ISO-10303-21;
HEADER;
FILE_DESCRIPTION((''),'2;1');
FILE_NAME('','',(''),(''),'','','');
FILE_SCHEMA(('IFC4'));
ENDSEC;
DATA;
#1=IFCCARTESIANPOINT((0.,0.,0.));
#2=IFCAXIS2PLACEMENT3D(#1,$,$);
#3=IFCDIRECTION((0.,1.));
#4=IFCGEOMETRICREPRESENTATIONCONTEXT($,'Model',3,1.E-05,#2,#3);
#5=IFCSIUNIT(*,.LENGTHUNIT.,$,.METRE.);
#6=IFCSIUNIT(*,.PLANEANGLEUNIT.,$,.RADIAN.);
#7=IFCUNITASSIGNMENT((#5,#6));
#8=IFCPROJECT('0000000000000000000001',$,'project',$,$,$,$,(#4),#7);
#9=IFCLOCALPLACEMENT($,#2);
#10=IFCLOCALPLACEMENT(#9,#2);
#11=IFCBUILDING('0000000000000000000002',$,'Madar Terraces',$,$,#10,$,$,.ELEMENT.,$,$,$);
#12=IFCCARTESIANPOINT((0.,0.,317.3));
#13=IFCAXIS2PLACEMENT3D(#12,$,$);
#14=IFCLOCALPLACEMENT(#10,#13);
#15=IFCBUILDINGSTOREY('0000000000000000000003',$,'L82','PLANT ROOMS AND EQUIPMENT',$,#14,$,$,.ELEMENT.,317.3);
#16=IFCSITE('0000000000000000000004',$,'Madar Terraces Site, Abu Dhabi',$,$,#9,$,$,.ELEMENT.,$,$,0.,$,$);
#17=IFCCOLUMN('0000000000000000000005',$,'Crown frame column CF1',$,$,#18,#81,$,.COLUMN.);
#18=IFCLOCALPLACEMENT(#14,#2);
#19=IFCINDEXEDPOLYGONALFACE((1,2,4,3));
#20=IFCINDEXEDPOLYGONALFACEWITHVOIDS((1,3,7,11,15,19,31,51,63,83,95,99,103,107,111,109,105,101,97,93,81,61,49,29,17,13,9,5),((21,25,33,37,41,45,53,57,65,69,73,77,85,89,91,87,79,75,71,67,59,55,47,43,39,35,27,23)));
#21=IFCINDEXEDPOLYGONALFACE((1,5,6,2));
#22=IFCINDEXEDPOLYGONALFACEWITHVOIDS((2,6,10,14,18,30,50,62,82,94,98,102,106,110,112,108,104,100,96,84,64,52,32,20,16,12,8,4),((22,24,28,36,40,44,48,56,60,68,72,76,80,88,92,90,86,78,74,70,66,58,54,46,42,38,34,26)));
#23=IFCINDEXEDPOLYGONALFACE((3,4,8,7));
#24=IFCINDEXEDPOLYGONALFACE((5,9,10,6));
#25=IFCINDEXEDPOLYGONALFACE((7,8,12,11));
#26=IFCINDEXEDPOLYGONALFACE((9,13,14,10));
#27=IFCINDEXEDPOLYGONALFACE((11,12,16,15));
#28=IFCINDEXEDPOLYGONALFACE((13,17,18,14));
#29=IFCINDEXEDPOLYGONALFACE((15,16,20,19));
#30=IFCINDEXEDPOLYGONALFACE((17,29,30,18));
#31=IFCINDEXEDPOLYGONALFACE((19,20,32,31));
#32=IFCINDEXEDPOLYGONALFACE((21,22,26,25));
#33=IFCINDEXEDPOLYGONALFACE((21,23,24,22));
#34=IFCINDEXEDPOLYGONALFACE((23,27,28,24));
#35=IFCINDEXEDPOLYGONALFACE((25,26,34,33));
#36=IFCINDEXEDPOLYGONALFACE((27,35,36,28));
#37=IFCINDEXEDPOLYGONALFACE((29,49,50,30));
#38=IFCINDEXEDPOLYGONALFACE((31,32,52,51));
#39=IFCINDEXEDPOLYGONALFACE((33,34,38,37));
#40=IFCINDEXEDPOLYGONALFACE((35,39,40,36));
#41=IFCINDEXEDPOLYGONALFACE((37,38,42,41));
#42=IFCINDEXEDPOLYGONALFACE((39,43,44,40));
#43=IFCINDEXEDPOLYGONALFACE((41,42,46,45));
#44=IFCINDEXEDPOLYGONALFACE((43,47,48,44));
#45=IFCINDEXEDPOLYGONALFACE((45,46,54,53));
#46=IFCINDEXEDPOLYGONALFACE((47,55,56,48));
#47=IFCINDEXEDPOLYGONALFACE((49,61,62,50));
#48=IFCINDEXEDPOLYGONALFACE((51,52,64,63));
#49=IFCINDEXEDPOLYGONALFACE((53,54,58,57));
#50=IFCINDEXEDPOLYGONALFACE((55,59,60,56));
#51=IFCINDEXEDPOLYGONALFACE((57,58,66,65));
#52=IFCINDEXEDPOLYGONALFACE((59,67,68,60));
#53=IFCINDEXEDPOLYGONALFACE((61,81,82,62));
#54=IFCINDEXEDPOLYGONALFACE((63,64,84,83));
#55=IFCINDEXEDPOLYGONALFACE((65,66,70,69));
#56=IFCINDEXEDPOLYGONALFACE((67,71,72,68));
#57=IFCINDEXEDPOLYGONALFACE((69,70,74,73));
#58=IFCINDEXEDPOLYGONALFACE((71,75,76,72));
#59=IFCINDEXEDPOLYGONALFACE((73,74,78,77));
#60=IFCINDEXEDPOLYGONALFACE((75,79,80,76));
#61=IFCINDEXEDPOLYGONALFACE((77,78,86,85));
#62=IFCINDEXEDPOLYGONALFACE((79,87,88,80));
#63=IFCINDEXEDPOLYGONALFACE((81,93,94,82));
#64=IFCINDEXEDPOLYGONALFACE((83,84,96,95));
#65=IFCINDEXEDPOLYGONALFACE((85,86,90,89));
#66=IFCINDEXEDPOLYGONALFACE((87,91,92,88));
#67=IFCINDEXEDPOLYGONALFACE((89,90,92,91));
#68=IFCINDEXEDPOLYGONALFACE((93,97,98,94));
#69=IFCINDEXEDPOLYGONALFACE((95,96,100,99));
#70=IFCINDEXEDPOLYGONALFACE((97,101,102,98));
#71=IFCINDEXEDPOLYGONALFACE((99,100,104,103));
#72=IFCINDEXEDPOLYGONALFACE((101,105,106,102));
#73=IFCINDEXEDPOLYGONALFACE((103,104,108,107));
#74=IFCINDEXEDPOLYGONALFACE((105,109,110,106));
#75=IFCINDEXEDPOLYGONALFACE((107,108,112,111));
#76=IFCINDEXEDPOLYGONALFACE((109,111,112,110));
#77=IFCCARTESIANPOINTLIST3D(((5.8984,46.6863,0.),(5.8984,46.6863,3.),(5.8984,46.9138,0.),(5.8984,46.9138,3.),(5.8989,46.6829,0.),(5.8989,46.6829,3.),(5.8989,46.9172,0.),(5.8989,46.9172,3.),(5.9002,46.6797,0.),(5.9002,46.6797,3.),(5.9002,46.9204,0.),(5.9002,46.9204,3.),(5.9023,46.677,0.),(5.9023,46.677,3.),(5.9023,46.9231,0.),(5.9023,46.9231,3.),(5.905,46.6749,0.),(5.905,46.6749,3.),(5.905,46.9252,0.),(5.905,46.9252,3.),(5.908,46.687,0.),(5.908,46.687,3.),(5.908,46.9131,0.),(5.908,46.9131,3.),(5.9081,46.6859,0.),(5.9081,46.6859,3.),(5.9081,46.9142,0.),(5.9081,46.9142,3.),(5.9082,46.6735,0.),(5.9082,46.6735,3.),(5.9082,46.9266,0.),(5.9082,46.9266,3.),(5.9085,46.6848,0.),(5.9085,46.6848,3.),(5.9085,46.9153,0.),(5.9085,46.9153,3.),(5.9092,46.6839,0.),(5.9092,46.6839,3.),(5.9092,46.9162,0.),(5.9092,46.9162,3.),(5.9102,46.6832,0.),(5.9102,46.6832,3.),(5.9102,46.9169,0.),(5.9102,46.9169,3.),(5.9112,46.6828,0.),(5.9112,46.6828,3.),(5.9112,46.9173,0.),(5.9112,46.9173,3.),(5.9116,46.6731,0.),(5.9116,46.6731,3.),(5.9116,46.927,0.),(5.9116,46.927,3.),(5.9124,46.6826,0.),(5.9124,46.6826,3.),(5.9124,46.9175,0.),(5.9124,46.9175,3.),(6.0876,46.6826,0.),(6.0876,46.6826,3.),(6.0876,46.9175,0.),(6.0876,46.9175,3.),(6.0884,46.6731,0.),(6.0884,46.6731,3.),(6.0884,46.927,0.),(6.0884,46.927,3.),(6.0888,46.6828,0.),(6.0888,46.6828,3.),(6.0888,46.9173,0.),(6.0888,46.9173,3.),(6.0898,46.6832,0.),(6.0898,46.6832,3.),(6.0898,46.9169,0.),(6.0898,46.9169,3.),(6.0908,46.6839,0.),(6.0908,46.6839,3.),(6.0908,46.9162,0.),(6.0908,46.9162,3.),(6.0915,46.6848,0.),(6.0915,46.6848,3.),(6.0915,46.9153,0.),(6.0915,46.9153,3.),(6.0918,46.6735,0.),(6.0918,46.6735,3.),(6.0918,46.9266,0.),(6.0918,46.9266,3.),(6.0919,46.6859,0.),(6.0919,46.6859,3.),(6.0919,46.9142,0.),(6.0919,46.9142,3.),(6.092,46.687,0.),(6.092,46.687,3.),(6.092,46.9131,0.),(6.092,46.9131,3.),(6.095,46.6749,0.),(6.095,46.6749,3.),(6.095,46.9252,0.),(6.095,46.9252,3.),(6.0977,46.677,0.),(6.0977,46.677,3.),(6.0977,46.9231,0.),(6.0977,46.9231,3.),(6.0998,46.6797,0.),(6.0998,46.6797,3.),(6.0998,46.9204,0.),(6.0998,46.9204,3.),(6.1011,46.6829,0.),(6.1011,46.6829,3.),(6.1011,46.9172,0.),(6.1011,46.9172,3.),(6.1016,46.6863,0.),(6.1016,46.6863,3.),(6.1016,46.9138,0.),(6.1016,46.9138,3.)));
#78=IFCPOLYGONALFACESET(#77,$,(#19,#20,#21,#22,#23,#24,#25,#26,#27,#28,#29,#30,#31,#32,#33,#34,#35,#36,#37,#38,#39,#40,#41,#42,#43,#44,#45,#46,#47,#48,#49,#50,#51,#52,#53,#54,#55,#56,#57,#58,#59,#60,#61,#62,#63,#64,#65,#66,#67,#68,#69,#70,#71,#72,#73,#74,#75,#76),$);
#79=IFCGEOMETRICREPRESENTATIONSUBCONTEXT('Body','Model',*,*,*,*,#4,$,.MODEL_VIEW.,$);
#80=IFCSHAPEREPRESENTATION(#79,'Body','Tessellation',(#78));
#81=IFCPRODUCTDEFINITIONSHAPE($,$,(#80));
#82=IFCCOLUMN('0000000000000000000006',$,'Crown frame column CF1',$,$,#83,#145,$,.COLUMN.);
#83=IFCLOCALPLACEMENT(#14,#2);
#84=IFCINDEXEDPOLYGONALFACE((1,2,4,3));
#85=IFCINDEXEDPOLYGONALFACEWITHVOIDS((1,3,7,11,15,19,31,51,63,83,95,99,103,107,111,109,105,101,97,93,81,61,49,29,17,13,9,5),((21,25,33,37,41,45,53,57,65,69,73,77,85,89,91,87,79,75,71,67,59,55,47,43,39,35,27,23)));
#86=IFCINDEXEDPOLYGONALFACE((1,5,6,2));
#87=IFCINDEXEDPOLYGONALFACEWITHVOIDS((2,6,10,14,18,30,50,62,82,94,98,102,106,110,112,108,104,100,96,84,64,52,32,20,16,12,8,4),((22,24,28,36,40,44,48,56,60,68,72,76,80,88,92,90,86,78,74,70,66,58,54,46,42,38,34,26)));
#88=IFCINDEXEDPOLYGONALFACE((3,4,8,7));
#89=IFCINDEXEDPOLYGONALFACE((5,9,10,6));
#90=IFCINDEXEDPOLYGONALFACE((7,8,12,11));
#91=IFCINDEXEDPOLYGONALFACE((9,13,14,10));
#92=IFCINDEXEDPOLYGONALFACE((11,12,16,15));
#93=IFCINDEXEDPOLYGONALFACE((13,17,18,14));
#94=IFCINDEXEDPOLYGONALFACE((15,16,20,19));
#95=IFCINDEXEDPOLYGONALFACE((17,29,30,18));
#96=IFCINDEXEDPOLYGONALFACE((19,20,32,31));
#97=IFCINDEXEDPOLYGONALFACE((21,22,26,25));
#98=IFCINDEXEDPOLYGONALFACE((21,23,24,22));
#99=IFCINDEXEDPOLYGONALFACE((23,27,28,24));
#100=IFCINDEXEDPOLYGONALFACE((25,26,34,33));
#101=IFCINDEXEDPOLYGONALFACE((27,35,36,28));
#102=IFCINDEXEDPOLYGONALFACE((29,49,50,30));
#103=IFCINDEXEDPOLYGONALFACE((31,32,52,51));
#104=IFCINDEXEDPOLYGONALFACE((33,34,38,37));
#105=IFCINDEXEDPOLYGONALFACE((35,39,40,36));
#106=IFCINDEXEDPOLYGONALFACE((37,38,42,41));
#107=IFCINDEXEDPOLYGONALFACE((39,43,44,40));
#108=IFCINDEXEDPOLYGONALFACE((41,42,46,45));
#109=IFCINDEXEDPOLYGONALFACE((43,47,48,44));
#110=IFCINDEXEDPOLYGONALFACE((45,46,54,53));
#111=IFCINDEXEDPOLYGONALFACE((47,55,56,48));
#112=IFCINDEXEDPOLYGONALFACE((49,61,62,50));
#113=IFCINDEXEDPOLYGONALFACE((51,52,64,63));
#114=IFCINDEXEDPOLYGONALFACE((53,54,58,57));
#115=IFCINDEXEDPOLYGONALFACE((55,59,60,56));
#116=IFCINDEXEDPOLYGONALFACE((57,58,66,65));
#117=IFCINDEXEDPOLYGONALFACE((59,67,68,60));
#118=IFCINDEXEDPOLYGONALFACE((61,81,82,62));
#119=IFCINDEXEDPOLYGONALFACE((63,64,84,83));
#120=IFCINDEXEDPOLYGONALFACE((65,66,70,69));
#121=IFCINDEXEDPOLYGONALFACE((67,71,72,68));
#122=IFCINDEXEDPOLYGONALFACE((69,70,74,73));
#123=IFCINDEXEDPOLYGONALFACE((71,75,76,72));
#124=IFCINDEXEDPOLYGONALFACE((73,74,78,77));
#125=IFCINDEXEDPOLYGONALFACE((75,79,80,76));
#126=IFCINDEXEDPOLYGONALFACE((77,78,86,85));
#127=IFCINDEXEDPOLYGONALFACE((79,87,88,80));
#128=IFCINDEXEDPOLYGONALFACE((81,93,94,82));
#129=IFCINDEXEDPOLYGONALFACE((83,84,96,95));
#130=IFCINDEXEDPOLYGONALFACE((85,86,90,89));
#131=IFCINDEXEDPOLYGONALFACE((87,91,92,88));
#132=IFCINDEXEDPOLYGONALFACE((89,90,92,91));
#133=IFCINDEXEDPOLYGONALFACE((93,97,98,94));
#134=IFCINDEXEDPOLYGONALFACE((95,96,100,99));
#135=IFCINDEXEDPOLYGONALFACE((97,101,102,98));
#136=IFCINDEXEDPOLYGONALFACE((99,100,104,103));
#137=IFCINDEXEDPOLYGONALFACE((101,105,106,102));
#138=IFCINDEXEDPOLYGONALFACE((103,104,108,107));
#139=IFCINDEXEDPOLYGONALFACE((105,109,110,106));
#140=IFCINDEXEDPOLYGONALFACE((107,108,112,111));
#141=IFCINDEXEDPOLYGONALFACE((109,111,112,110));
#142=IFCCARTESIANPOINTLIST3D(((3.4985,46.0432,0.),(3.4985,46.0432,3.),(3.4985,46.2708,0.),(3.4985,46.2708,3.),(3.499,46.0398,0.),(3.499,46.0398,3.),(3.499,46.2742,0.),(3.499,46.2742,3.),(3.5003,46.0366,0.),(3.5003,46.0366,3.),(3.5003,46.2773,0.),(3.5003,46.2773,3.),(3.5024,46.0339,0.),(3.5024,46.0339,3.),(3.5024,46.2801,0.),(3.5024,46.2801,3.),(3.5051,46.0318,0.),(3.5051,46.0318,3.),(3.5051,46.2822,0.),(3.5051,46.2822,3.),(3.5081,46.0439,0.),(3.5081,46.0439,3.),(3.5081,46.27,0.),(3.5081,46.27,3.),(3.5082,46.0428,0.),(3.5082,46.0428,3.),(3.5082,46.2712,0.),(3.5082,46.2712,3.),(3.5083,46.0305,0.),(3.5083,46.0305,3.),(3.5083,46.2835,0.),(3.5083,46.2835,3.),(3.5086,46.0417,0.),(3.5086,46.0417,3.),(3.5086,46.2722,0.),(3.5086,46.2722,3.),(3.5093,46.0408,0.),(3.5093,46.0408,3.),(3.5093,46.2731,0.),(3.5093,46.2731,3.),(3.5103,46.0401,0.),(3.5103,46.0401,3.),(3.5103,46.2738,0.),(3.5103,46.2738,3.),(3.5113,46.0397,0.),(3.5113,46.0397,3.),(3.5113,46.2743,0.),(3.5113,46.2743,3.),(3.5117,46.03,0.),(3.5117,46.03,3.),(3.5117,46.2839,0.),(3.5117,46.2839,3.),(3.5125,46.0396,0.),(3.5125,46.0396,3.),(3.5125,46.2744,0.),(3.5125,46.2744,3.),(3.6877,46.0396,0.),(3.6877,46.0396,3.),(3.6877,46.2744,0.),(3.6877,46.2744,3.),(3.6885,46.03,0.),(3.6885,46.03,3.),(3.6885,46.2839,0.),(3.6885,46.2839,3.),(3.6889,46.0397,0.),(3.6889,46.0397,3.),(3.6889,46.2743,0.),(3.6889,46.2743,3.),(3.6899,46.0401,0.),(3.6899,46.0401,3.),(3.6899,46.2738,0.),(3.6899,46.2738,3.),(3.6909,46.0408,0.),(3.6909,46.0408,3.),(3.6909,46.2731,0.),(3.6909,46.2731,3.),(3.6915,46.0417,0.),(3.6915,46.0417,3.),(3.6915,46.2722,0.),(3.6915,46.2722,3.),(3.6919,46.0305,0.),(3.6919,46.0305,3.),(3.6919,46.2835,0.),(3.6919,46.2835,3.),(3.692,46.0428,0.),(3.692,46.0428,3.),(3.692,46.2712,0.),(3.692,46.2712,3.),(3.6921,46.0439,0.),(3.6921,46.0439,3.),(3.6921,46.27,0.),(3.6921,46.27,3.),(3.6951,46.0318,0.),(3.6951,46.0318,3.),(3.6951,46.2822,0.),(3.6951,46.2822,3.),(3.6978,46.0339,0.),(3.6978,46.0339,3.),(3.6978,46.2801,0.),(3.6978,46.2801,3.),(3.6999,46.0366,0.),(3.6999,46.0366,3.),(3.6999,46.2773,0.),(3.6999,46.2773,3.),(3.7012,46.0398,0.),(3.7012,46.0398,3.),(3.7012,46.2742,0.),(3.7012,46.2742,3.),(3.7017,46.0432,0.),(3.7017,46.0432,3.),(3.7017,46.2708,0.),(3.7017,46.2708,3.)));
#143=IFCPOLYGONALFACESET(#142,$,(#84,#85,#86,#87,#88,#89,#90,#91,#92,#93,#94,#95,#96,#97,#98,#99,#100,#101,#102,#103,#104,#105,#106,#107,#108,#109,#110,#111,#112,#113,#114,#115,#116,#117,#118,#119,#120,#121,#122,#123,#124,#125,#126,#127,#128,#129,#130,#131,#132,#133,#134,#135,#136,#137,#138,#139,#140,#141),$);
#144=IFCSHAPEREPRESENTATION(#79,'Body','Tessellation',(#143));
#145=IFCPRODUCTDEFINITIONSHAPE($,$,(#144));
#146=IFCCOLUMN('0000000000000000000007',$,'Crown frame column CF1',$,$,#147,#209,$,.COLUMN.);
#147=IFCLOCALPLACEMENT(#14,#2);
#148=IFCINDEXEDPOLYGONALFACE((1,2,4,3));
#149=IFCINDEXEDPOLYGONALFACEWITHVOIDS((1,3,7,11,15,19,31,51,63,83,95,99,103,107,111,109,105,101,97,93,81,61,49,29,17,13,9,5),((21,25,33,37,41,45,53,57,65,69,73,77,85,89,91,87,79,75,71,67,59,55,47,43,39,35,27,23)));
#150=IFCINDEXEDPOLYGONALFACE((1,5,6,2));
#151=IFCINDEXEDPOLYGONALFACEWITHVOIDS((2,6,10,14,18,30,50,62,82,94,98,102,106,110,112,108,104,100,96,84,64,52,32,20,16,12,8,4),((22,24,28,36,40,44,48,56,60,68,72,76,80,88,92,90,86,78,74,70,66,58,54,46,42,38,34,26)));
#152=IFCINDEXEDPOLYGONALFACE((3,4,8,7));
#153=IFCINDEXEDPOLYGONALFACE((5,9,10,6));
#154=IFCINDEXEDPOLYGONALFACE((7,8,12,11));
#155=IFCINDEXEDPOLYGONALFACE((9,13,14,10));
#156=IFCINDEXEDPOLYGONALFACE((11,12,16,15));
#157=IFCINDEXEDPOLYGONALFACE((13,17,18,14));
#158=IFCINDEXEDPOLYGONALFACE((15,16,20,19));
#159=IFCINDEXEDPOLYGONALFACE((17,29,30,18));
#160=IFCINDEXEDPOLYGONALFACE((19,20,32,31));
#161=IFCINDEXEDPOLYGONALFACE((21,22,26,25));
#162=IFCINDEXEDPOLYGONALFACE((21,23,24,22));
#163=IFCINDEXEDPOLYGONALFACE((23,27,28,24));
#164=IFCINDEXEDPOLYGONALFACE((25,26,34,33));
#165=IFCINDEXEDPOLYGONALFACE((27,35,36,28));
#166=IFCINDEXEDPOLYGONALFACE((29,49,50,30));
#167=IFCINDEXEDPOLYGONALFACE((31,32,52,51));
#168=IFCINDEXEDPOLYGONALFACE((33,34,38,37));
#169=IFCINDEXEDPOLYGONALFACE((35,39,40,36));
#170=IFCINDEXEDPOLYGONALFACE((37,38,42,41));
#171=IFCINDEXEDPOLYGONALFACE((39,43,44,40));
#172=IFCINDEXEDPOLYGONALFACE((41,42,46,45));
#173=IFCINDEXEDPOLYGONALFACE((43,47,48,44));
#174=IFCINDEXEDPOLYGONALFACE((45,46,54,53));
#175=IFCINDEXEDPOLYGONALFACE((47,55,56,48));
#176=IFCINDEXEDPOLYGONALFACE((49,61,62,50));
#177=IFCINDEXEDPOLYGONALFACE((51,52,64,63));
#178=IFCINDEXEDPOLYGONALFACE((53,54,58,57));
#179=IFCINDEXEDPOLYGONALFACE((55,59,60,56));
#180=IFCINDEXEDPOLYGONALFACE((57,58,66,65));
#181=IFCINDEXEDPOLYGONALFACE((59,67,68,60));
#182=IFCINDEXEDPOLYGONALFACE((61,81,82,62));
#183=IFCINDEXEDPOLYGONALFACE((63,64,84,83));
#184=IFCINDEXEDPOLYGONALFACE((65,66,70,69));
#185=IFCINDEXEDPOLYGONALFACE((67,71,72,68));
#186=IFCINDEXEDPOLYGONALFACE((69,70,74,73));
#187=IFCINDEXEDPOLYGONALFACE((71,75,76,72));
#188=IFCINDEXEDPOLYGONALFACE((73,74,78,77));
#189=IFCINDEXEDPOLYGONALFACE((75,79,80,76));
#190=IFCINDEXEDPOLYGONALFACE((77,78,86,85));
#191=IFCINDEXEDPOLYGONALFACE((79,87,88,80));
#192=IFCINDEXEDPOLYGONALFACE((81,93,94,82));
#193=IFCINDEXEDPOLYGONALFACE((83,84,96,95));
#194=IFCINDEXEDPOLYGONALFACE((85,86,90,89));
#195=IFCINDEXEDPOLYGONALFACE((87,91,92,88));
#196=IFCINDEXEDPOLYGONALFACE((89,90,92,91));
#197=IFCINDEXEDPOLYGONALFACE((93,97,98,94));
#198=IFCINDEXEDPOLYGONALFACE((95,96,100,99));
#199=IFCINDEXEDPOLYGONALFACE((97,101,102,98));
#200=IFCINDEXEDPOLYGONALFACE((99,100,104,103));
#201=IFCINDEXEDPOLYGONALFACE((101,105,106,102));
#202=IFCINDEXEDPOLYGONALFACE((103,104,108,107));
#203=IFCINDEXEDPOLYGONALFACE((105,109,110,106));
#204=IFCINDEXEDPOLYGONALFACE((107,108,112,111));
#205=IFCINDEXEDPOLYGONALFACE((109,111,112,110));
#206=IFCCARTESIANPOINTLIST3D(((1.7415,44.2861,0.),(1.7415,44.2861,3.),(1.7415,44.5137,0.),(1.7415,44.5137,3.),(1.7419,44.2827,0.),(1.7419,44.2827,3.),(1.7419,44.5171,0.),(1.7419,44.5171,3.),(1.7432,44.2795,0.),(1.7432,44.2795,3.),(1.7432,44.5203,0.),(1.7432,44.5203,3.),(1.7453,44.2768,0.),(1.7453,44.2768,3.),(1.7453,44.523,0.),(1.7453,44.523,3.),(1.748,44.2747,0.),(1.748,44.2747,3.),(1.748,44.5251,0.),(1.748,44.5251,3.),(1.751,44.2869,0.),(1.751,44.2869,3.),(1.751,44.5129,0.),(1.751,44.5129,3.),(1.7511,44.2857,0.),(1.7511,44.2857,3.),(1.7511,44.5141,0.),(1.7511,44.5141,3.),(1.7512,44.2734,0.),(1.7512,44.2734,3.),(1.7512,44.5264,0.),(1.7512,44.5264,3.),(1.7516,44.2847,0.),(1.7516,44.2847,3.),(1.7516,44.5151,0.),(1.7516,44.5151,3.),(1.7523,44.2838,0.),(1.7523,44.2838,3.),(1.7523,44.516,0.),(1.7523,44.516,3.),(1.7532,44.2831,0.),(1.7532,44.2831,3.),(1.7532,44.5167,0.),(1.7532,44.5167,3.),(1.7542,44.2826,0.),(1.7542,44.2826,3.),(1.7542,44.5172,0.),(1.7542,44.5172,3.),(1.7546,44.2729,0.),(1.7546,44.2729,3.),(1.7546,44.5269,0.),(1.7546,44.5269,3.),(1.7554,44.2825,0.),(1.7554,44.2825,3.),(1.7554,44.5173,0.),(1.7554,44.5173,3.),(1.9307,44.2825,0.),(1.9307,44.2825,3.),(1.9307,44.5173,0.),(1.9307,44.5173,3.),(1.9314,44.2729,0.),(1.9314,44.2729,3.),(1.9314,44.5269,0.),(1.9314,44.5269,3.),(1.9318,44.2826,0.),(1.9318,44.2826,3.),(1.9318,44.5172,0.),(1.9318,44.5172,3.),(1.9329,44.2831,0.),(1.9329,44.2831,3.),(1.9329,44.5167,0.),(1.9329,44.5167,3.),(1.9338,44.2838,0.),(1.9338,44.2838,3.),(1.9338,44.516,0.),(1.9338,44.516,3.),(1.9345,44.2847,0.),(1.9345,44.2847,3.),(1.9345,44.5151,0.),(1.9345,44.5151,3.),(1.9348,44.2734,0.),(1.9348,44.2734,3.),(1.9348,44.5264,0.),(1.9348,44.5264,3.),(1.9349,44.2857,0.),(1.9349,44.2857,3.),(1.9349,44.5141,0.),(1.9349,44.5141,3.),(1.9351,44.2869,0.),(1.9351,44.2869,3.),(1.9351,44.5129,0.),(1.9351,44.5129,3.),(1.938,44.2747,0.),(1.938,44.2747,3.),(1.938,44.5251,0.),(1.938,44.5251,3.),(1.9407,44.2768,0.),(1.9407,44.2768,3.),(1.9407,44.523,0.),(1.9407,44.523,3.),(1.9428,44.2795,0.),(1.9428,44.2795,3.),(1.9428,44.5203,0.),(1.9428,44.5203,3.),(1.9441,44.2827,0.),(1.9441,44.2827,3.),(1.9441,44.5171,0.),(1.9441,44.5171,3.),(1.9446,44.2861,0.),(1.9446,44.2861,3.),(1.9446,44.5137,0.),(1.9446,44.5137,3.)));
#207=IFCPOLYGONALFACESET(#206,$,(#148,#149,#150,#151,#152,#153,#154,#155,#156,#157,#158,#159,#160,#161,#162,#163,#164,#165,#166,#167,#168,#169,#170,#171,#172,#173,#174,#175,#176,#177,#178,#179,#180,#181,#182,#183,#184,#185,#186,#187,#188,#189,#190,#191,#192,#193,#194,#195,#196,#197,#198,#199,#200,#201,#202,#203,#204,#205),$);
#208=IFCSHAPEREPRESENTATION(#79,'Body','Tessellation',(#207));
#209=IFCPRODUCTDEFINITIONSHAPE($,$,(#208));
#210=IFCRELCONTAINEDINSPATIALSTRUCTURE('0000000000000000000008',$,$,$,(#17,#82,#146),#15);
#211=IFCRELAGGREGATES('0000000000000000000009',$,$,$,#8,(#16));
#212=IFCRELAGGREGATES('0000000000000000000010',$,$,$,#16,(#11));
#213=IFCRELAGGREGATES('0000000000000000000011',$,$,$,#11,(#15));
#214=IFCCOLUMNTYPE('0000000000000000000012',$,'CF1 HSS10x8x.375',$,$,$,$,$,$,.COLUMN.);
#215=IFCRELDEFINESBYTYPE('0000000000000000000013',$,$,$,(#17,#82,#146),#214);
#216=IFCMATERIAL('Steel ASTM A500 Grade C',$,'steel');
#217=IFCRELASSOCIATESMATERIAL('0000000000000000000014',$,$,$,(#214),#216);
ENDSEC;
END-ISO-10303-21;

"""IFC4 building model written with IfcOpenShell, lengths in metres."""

from ifc_helpers import new_model, si_unit, direction, frame, origin, origin_2d, place, context, subcontext, project, spatial, hollow_rectangle, extrude, material, material_profile, profile_set, type_object, element, save


model = new_model("IFC4")

# Units and contexts
model_context = context("Model", 3, precision=1e-05, world=origin(), true_north=direction((0.0, 1.0)))
body_context = subcontext(model_context, "Body", "Model", "MODEL_VIEW")
ifc_project = project(units=[si_unit("LENGTHUNIT", "METRE"), si_unit("PLANEANGLEUNIT", "RADIAN")], contexts=[model_context])

# Site, building, storey
site_placement = place(None, origin())
site = spatial("IfcSite", under=ifc_project, at=site_placement, Name="Madar Terraces Site, Abu Dhabi", CompositionType="ELEMENT", RefElevation=0.0)
building_placement = place(site_placement, origin())
building = spatial("IfcBuilding", under=site, at=building_placement, Name="Madar Terraces", CompositionType="ELEMENT")
storey_placement = place(building_placement, frame((0.0, 0.0, 317.3)))
storey = spatial("IfcBuildingStorey", under=building, at=storey_placement, Name="L82", Description="PLANT ROOMS AND EQUIPMENT", CompositionType="ELEMENT", Elevation=317.3)

# Columns
ifc_material_1 = material(Name="Steel ASTM A500 Grade C", Category="steel")
ifc_material_profile_1 = material_profile(ifc_material_1, hollow_rectangle(XDim=0.2031, YDim=0.2539, WallThickness=0.0095, InnerFilletRadius=0.0044, OuterFilletRadius=0.0132, at=origin_2d()), Name="HSS10x8x.375")
ifc_profile_set_1 = profile_set([ifc_material_profile_1], Name="Steel ASTM A500 Grade C")
column_type = type_object("IfcColumnType", Name="CF1 HSS10x8x.375", PredefinedType="COLUMN", material=ifc_profile_set_1)
for number, where, z_axis, x_axis, name in (
    (1, (6.0, 46.8, 0.0), (0.0, 0.0, 1.0), (1.0, 0.0, 0.0), "Crown frame column CF1"),
    (2, (3.6001, 46.157, 0.0), (0.0, 0.0, 1.0), (1.0, 0.0, 0.0), "Crown frame column CF1"),
    (3, (1.843, 44.3999, 0.0), (0.0, 0.0, 1.0), (1.0, 0.0, 0.0), "Crown frame column CF1"),
):
    element("IfcColumn", number, at=place(storey_placement, frame(where, z_axis=z_axis, x_axis=x_axis)), inside=storey, type_object=column_type, Name=name, PredefinedType="COLUMN", context=body_context, shape_type="SweptSolid", body=[
        extrude(hollow_rectangle(XDim=0.2031, YDim=0.2539, WallThickness=0.0095, InnerFilletRadius=0.0044, OuterFilletRadius=0.0132, at=origin_2d()), origin(), (0.0, 0.0, 1.0), 3.0),
    ])

save(model, "model.ifc")
